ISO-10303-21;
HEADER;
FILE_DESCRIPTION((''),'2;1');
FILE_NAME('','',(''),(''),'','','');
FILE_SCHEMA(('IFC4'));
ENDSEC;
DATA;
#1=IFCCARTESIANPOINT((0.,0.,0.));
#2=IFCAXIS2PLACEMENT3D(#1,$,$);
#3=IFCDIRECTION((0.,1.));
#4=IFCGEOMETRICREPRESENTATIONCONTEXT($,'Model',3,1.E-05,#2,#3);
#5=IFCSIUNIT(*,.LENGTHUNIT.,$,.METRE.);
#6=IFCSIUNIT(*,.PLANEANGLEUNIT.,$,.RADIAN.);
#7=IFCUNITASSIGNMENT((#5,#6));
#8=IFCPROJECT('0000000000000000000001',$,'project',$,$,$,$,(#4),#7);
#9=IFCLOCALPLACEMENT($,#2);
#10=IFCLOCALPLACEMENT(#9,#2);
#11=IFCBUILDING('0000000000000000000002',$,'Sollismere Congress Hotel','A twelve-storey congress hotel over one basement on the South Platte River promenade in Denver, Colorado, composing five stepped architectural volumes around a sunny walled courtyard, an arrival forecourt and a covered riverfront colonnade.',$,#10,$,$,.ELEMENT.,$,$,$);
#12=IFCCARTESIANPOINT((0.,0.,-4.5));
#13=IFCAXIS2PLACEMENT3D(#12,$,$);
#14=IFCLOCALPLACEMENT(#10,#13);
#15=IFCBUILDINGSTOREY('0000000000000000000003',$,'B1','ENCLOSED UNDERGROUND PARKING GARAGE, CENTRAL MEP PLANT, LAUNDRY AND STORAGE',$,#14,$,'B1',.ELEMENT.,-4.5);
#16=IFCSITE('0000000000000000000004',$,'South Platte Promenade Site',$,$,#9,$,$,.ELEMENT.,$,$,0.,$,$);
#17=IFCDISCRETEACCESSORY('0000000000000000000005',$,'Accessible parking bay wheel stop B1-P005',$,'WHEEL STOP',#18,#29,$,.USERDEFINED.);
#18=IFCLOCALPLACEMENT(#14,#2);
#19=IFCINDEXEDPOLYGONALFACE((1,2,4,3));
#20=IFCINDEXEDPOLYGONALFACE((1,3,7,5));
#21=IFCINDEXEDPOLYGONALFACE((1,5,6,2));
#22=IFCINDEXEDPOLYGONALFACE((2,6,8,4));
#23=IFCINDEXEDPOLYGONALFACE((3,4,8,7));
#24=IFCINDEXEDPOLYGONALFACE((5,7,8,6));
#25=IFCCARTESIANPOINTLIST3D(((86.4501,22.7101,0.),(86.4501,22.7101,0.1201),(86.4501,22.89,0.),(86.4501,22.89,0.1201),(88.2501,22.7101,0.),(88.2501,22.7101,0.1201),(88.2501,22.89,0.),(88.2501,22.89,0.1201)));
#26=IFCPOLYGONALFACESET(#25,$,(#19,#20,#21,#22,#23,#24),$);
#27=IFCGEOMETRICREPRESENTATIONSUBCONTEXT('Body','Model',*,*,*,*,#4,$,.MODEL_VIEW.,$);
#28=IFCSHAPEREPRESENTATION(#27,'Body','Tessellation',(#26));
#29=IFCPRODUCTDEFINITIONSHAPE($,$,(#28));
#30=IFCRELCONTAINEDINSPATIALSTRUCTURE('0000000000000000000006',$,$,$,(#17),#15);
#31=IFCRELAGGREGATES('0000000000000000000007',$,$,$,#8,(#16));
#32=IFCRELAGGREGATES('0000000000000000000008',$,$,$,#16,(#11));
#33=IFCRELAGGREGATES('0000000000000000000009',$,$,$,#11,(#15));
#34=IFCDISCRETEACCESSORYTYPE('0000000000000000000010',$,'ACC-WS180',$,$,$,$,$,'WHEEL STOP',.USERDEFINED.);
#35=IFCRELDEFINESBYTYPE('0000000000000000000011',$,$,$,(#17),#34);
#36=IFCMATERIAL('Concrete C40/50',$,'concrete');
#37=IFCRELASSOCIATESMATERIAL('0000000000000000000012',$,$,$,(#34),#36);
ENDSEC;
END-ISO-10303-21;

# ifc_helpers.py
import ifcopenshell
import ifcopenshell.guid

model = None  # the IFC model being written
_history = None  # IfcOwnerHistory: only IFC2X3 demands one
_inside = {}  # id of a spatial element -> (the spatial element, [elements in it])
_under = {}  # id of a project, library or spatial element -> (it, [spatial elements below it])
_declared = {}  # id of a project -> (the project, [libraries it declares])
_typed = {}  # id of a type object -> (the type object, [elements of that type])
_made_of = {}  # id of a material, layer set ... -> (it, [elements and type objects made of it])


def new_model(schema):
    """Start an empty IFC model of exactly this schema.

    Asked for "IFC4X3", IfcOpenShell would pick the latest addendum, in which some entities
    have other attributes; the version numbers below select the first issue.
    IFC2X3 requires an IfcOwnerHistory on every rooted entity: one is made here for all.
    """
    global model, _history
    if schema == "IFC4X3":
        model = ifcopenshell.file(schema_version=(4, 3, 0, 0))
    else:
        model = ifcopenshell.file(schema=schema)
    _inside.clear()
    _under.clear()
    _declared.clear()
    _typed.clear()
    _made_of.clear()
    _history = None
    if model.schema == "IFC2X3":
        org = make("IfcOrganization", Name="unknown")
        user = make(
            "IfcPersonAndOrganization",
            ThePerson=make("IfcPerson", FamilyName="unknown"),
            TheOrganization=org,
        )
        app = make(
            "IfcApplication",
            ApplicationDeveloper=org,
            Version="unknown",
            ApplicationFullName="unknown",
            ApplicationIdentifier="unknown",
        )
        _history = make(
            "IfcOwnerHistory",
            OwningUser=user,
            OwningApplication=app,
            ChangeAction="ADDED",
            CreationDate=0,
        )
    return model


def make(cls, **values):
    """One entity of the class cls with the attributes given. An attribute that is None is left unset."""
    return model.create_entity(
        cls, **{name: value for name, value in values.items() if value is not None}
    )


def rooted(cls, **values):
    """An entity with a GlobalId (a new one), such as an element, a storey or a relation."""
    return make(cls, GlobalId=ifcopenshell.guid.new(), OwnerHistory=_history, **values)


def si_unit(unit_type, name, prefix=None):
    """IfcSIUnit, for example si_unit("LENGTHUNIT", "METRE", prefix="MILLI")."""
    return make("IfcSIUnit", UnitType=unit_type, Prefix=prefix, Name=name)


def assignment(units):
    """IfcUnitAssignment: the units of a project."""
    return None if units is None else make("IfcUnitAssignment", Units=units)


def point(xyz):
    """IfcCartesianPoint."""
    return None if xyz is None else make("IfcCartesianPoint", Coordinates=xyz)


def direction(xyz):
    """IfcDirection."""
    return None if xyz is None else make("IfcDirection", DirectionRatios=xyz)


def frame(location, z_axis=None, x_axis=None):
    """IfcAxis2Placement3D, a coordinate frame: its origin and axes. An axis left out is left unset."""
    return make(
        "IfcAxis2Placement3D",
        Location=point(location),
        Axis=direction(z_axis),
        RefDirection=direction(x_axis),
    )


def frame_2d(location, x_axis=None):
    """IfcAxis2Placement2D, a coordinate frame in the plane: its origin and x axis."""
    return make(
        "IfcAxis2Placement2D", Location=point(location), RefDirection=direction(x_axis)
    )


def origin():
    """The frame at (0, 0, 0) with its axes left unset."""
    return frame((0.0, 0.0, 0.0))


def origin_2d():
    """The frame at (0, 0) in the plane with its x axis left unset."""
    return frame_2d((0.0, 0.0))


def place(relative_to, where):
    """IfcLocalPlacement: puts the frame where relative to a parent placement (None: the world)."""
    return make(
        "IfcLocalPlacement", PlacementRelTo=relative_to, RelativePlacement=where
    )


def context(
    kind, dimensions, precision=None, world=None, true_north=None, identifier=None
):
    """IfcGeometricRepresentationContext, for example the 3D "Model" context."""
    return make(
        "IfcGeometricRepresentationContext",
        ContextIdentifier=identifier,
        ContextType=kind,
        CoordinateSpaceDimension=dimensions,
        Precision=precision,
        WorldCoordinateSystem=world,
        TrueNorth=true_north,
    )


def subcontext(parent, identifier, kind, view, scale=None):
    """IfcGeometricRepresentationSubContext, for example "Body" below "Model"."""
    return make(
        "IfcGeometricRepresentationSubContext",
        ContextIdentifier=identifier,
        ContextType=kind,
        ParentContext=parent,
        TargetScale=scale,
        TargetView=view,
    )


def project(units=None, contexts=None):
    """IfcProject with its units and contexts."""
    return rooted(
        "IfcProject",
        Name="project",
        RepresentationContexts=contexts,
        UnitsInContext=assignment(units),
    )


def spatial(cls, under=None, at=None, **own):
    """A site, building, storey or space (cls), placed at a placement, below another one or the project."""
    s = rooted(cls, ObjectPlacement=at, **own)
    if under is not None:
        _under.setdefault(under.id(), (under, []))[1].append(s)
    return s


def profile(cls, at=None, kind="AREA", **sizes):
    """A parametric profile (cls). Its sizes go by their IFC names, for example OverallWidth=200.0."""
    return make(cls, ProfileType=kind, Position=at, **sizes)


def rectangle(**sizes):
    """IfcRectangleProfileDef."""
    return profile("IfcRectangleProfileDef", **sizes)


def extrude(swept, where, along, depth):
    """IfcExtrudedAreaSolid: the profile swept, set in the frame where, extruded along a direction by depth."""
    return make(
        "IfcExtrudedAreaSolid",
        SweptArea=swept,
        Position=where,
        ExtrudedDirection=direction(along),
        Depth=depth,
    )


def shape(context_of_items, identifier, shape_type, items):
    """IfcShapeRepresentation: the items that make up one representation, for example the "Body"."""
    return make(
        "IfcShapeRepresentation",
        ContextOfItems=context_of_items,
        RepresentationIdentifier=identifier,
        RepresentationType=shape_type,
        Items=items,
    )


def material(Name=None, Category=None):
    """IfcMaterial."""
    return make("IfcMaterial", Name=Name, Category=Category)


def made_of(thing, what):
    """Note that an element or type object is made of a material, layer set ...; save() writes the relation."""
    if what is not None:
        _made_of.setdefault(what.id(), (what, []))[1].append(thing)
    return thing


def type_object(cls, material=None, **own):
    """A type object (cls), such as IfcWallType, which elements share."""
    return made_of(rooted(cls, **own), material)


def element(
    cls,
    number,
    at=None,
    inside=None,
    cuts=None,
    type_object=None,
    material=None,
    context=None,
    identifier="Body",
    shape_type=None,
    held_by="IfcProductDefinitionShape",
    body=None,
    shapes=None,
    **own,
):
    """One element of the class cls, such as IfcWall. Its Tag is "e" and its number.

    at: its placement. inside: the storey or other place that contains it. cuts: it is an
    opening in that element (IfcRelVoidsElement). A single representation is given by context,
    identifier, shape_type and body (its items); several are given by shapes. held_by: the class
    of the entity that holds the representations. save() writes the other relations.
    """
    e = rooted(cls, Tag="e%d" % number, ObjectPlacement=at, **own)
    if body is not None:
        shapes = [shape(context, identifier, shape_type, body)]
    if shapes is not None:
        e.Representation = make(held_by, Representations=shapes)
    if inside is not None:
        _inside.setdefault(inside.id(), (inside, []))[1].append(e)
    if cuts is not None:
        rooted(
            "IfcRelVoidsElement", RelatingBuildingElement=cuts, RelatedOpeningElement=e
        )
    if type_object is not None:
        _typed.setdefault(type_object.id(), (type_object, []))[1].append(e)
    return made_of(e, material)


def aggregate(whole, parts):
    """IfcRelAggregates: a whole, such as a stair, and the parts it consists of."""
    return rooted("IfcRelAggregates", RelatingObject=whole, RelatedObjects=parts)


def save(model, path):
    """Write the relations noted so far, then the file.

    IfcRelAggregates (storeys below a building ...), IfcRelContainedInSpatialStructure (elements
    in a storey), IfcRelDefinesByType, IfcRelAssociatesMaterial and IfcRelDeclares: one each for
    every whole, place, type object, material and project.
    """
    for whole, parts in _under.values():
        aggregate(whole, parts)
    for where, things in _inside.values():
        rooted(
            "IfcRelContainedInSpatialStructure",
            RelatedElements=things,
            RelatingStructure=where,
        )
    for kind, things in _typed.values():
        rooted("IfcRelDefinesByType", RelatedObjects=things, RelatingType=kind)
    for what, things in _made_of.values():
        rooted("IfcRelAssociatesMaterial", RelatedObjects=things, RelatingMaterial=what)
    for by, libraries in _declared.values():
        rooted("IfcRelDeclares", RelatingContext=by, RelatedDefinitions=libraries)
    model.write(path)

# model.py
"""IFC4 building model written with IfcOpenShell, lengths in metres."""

from ifc_helpers import new_model, si_unit, direction, frame, origin, origin_2d, place, context, subcontext, project, spatial, rectangle, extrude, material, type_object, element, save


model = new_model("IFC4")

# Units and contexts
model_context = context("Model", 3, precision=1e-05, world=origin(), true_north=direction((0.0, 1.0)))
body_context = subcontext(model_context, "Body", "Model", "MODEL_VIEW")
ifc_project = project(units=[si_unit("LENGTHUNIT", "METRE"), si_unit("PLANEANGLEUNIT", "RADIAN")], contexts=[model_context])

# Site, building, storey
site_placement = place(None, origin())
site = spatial("IfcSite", under=ifc_project, at=site_placement, Name="South Platte Promenade Site", CompositionType="ELEMENT", RefElevation=0.0)
building_placement = place(site_placement, origin())
building = spatial("IfcBuilding", under=site, at=building_placement, Name="Sollismere Congress Hotel", Description="A twelve-storey congress hotel over one basement on the South Platte River promenade in Denver, Colorado, composing five stepped architectural volumes around a sunny walled courtyard, an arrival forecourt and a covered riverfront colonnade.", CompositionType="ELEMENT")
storey_placement = place(building_placement, frame((0.0, 0.0, -4.5)))
storey = spatial("IfcBuildingStorey", under=building, at=storey_placement, Name="B1", Description="ENCLOSED UNDERGROUND PARKING GARAGE, CENTRAL MEP PLANT, LAUNDRY AND STORAGE", LongName="B1", CompositionType="ELEMENT", Elevation=-4.5)

# Shared definitions
ifc_material_1 = material(Name="Concrete C40/50", Category="concrete")

# Discrete accessory
discrete_accessory_type = type_object("IfcDiscreteAccessoryType", Name="ACC-WS180", ElementType="WHEEL STOP", PredefinedType="USERDEFINED", material=ifc_material_1)
discrete_accessory_placement = place(storey_placement, frame((87.3501, 22.8, 0.0), z_axis=(0.0, 0.0, 1.0), x_axis=(1.0, 0.0, 0.0)))
element("IfcDiscreteAccessory", 1, at=discrete_accessory_placement, inside=storey, type_object=discrete_accessory_type, Name="Accessible parking bay wheel stop B1-P005", ObjectType="WHEEL STOP", PredefinedType="USERDEFINED", context=body_context, shape_type="SweptSolid", body=[
    extrude(rectangle(XDim=1.8, YDim=0.1799, at=origin_2d()), origin(), (0.0, 0.0, 1.0), 0.1201),
])

save(model, "model.ifc")
